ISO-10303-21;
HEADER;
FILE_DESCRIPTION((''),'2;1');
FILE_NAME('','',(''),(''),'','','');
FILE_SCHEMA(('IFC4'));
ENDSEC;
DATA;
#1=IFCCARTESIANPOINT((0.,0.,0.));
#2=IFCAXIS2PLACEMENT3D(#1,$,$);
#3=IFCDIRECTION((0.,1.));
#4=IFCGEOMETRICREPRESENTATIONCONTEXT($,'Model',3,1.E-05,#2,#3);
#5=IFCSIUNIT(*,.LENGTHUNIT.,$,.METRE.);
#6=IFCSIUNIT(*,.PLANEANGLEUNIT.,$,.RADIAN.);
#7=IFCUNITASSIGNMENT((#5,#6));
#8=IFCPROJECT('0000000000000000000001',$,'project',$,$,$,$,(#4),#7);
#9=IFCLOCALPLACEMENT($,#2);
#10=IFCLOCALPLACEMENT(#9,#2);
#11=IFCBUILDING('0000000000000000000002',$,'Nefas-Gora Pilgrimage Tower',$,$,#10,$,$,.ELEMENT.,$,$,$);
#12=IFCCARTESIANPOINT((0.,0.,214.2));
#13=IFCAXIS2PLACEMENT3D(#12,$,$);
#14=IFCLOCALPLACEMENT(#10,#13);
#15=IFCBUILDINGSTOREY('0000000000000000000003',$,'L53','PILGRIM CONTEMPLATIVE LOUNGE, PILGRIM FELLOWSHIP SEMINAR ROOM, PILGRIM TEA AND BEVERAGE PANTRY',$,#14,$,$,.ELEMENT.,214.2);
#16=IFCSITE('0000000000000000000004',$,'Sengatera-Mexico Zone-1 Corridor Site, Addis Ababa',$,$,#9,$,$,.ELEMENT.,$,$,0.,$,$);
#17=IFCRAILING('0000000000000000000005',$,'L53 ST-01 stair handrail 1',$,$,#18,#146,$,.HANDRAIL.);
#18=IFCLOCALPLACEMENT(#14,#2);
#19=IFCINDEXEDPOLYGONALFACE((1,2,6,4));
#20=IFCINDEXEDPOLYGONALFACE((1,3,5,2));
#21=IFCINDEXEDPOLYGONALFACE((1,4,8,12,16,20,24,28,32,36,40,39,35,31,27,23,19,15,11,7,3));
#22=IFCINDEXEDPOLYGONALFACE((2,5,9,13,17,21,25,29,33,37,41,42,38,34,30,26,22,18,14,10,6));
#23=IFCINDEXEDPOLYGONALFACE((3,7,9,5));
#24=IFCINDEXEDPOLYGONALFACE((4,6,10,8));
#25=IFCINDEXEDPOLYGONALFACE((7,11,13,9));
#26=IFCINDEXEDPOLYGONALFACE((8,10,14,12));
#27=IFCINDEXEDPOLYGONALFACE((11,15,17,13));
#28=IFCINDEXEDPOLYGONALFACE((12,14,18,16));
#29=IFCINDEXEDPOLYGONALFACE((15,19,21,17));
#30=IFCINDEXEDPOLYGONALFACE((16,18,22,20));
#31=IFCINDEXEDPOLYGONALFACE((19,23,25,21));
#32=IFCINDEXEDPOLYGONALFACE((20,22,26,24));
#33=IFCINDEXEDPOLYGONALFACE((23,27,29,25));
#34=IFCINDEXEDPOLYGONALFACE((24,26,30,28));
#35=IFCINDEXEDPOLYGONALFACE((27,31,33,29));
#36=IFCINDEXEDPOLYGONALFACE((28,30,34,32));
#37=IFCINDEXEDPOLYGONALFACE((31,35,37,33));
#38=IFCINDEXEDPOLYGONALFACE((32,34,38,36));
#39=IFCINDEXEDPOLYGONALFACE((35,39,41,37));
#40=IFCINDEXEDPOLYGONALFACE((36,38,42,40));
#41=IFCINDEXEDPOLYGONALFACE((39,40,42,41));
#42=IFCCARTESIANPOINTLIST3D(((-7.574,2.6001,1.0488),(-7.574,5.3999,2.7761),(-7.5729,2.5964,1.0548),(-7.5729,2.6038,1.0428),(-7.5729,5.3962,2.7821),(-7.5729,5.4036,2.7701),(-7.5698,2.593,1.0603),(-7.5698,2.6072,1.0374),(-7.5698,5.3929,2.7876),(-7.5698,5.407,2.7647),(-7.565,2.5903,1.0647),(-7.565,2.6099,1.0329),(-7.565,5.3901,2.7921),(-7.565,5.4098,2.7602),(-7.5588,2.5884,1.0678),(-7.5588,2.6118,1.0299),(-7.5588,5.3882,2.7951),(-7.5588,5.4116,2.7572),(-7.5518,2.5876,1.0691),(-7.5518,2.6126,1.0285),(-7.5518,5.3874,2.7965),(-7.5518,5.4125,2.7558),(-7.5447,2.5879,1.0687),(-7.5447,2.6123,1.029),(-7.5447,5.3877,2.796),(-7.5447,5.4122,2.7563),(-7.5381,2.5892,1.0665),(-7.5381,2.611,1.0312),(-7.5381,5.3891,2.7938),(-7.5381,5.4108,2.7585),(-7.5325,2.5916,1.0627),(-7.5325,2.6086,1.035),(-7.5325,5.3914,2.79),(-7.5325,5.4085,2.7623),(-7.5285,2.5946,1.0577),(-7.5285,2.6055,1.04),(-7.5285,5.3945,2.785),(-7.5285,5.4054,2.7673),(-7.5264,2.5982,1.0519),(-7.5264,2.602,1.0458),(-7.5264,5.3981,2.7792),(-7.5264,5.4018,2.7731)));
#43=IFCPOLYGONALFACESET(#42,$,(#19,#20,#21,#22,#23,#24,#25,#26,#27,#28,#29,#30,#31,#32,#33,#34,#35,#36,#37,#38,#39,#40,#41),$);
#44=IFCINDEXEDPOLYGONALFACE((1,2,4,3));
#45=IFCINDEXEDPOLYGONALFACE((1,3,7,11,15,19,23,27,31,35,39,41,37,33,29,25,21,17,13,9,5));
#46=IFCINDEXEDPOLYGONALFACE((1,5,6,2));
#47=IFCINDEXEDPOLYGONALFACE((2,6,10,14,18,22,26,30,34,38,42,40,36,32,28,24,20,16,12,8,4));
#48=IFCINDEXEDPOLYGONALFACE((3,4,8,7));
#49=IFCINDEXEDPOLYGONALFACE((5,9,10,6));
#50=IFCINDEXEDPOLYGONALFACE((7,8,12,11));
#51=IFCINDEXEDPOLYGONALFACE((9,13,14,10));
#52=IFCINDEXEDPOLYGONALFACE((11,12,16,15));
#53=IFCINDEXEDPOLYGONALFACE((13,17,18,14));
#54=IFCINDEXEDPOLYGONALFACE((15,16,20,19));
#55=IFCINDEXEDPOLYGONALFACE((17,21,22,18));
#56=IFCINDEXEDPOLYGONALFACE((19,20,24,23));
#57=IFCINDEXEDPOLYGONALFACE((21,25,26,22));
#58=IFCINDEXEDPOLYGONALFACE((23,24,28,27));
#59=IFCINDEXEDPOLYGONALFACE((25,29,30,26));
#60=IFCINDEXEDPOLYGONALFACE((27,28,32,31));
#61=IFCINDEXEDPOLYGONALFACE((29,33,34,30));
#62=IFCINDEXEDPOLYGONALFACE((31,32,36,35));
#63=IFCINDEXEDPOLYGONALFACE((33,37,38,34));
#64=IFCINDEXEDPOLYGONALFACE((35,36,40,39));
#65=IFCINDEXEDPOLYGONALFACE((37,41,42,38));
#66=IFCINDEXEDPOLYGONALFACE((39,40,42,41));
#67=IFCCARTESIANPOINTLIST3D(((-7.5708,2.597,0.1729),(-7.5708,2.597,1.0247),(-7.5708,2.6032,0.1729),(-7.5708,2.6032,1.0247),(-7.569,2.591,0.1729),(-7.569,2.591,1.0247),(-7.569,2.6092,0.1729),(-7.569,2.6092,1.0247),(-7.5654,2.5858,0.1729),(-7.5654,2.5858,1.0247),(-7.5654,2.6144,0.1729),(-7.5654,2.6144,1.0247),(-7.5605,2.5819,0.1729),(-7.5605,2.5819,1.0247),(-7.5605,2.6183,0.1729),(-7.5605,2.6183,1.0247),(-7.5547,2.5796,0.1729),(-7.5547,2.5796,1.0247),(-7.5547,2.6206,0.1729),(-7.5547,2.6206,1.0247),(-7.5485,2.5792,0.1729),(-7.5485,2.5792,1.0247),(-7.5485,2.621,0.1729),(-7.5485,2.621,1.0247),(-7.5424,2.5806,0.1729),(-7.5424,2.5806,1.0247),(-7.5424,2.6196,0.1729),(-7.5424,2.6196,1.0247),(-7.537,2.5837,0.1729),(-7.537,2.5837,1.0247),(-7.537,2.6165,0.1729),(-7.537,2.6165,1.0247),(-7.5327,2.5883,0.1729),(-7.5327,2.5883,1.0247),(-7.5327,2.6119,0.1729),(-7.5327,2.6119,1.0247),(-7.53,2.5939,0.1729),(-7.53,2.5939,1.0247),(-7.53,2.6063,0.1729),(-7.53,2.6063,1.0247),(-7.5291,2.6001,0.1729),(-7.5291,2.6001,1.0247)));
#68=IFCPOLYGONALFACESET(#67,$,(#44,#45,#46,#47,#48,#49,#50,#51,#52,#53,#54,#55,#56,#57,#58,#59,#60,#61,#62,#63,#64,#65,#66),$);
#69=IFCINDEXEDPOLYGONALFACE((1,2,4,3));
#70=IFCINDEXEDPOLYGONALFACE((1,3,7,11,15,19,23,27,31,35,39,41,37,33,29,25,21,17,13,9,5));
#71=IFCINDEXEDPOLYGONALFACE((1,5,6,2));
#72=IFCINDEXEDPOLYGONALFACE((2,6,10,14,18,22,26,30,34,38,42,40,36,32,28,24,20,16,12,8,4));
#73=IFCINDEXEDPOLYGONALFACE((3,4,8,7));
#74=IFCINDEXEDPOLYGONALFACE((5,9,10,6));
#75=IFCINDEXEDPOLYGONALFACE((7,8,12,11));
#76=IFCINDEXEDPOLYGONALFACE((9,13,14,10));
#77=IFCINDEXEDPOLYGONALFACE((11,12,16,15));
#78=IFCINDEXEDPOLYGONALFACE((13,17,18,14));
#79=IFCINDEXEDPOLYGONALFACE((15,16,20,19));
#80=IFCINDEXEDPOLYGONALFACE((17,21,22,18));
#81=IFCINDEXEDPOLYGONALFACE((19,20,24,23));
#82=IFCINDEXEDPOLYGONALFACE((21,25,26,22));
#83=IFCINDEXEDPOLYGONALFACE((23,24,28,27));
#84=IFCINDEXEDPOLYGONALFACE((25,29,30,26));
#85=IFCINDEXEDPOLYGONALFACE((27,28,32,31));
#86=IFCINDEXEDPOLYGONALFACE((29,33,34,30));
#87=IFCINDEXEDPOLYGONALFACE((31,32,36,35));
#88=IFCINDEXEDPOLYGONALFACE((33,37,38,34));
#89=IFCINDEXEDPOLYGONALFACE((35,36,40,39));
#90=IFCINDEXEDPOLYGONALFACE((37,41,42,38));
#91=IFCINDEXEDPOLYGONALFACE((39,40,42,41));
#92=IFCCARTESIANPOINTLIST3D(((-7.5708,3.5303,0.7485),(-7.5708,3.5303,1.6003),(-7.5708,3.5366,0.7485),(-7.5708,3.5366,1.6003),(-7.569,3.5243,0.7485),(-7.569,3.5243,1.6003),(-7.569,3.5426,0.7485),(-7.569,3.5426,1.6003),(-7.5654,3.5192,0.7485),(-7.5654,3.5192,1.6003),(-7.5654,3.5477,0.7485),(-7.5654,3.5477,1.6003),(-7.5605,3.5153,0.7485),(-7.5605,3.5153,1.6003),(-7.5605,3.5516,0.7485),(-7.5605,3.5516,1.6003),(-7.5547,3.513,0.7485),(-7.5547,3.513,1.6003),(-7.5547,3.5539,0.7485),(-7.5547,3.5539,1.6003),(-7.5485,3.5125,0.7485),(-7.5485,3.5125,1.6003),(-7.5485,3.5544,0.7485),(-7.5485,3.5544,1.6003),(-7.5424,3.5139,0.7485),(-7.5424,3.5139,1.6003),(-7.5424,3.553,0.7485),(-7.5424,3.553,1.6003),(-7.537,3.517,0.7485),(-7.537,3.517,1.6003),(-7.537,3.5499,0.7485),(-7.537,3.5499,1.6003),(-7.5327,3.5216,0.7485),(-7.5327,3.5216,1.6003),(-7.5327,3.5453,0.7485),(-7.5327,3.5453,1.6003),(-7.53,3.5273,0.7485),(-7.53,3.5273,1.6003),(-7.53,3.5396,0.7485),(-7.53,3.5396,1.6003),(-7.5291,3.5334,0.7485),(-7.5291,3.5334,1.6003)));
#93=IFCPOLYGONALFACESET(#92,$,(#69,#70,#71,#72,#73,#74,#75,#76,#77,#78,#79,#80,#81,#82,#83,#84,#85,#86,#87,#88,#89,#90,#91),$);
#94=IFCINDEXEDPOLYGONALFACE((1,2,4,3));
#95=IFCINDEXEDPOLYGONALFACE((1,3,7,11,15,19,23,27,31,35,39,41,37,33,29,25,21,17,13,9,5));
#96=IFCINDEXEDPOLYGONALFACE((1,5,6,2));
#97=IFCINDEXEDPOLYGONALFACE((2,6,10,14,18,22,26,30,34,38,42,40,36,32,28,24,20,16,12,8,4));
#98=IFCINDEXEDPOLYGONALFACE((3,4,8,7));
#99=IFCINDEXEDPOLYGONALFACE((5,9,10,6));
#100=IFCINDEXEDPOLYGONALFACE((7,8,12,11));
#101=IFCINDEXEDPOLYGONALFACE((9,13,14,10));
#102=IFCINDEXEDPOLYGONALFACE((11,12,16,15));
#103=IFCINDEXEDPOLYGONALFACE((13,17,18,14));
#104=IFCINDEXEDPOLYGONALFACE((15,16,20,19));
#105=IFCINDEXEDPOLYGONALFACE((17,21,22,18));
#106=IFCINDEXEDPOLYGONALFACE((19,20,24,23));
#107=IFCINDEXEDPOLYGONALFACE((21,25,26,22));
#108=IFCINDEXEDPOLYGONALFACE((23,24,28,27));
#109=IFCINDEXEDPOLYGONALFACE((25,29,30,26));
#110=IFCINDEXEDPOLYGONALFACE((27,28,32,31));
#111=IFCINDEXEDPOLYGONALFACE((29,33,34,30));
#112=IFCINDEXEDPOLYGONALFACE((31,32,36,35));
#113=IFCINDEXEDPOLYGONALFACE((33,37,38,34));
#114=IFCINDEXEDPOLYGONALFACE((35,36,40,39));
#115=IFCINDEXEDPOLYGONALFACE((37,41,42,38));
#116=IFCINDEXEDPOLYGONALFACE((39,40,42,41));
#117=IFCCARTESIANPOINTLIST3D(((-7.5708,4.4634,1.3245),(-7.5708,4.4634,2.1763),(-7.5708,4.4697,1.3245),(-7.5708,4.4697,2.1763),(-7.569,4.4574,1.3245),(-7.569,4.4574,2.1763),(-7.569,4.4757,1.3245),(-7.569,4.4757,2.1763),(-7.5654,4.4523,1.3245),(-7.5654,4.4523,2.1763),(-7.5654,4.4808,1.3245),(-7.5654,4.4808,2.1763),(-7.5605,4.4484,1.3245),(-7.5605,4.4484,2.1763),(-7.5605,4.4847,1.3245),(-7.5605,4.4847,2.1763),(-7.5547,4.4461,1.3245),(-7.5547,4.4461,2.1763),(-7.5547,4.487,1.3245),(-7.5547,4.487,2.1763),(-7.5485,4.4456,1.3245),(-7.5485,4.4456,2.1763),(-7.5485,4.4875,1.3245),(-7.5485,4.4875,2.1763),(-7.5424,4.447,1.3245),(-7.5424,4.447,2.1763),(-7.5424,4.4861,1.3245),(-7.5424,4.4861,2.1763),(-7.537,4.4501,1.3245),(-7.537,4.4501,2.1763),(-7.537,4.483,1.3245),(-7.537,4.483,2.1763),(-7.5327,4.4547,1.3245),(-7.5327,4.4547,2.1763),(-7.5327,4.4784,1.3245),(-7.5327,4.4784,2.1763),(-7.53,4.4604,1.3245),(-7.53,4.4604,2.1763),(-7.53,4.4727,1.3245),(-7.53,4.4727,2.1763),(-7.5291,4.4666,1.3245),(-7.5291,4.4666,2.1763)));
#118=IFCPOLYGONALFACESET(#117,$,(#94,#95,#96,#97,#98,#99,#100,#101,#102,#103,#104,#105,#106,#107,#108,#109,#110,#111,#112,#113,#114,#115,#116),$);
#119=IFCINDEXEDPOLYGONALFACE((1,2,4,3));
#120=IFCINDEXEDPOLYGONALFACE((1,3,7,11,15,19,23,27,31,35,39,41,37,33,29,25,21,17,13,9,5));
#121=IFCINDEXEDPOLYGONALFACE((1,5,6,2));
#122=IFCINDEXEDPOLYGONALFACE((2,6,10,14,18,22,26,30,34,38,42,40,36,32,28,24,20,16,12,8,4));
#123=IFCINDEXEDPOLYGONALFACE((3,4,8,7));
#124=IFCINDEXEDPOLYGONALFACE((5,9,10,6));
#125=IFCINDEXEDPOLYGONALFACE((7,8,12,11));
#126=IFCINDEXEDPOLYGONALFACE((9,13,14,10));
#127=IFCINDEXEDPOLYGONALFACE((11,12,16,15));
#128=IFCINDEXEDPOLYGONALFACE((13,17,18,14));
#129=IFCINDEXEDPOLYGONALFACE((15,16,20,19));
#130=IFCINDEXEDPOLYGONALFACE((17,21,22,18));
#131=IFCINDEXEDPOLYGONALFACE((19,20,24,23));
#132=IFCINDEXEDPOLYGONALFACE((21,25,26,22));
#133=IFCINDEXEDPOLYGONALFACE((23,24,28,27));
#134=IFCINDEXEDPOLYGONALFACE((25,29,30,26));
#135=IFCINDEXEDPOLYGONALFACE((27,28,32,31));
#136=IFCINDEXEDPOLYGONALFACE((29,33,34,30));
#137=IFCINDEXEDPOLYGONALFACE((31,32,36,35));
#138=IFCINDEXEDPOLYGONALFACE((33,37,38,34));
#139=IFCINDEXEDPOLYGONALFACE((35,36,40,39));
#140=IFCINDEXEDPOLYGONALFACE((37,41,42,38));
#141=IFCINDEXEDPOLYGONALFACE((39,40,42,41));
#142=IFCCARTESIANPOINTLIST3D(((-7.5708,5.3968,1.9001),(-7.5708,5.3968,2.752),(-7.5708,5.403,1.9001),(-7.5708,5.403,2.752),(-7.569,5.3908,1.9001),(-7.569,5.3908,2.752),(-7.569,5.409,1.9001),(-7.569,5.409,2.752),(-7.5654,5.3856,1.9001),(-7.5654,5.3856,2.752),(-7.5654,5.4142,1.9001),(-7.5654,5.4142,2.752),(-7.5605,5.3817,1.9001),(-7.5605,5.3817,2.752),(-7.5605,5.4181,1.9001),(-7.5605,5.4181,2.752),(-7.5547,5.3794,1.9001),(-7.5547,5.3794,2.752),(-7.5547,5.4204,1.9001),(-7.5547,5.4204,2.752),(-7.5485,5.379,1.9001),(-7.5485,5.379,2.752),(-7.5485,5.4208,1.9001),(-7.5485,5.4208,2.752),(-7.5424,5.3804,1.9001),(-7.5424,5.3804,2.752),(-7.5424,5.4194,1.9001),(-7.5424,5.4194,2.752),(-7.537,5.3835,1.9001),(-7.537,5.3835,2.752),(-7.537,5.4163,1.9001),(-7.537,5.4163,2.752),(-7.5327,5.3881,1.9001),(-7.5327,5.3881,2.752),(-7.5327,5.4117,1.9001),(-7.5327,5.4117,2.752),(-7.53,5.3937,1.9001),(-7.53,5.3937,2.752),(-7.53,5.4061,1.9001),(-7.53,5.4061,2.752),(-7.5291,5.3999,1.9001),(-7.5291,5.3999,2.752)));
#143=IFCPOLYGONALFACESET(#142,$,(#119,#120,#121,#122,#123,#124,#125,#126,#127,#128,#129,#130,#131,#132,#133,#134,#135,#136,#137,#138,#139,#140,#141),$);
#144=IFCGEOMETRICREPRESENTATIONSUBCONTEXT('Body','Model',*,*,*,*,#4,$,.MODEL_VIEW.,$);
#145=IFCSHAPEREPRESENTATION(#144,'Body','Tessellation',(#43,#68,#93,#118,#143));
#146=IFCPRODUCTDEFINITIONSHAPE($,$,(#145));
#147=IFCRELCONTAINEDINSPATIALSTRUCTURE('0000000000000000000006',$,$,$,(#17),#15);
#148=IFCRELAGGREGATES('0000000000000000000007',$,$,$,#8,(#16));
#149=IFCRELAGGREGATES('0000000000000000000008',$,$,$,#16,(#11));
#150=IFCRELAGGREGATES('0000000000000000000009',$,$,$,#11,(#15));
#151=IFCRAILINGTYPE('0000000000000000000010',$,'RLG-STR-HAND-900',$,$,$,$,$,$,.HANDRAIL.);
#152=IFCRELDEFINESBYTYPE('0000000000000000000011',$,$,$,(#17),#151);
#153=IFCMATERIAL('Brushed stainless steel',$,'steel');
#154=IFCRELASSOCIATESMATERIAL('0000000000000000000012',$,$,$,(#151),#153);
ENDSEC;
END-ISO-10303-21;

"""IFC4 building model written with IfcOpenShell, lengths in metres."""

from ifc_helpers import new_model, si_unit, direction, frame, origin, origin_2d, place, context, subcontext, project, spatial, circle, extrude, material, type_object, element, save


model = new_model("IFC4")

# Units and contexts
model_context = context("Model", 3, precision=1e-05, world=origin(), true_north=direction((0.0, 1.0)))
body_context = subcontext(model_context, "Body", "Model", "MODEL_VIEW")
ifc_project = project(units=[si_unit("LENGTHUNIT", "METRE"), si_unit("PLANEANGLEUNIT", "RADIAN")], contexts=[model_context])

# Site, building, storey
site_placement = place(None, origin())
site = spatial("IfcSite", under=ifc_project, at=site_placement, Name="Sengatera-Mexico Zone-1 Corridor Site, Addis Ababa", CompositionType="ELEMENT", RefElevation=0.0)
building_placement = place(site_placement, origin())
building = spatial("IfcBuilding", under=site, at=building_placement, Name="Nefas-Gora Pilgrimage Tower", CompositionType="ELEMENT")
storey_placement = place(building_placement, frame((0.0, 0.0, 214.2)))
storey = spatial("IfcBuildingStorey", under=building, at=storey_placement, Name="L53", Description="PILGRIM CONTEMPLATIVE LOUNGE, PILGRIM FELLOWSHIP SEMINAR ROOM, PILGRIM TEA AND BEVERAGE PANTRY", CompositionType="ELEMENT", Elevation=214.2)

# Railing
ifc_material_1 = material(Name="Brushed stainless steel", Category="steel")
railing_type_1 = type_object("IfcRailingType", Name="RLG-STR-HAND-900", PredefinedType="HANDRAIL", material=ifc_material_1)
railing_1_placement = place(storey_placement, frame((-7.55, 2.6001, 0.1729)))
element("IfcRailing", 1, at=railing_1_placement, inside=storey, type_object=railing_type_1, Name="L53 ST-01 stair handrail 1", PredefinedType="HANDRAIL", context=body_context, shape_type="SweptSolid", body=[
    extrude(circle(Radius=0.0239, at=origin_2d()), frame((0.0, 0.0, 0.876), z_axis=(0.0, 0.851069, 0.525054), x_axis=(-1.0, 0.0, 0.0)), (0.0, 0.0, 1.0), 3.2898),
    extrude(circle(Radius=0.021, at=origin_2d()), origin(), (0.0, 0.0, 1.0), 0.8518),
    extrude(circle(Radius=0.021, at=origin_2d()), frame((0.0, 0.9333, 0.5757)), (0.0, 0.0, 1.0), 0.8518),
    extrude(circle(Radius=0.021, at=origin_2d()), frame((0.0, 1.8665, 1.1516)), (0.0, 0.0, 1.0), 0.8518),
    extrude(circle(Radius=0.021, at=origin_2d()), frame((0.0, 2.7998, 1.7273)), (0.0, 0.0, 1.0), 0.8518),
])

save(model, "model.ifc")
